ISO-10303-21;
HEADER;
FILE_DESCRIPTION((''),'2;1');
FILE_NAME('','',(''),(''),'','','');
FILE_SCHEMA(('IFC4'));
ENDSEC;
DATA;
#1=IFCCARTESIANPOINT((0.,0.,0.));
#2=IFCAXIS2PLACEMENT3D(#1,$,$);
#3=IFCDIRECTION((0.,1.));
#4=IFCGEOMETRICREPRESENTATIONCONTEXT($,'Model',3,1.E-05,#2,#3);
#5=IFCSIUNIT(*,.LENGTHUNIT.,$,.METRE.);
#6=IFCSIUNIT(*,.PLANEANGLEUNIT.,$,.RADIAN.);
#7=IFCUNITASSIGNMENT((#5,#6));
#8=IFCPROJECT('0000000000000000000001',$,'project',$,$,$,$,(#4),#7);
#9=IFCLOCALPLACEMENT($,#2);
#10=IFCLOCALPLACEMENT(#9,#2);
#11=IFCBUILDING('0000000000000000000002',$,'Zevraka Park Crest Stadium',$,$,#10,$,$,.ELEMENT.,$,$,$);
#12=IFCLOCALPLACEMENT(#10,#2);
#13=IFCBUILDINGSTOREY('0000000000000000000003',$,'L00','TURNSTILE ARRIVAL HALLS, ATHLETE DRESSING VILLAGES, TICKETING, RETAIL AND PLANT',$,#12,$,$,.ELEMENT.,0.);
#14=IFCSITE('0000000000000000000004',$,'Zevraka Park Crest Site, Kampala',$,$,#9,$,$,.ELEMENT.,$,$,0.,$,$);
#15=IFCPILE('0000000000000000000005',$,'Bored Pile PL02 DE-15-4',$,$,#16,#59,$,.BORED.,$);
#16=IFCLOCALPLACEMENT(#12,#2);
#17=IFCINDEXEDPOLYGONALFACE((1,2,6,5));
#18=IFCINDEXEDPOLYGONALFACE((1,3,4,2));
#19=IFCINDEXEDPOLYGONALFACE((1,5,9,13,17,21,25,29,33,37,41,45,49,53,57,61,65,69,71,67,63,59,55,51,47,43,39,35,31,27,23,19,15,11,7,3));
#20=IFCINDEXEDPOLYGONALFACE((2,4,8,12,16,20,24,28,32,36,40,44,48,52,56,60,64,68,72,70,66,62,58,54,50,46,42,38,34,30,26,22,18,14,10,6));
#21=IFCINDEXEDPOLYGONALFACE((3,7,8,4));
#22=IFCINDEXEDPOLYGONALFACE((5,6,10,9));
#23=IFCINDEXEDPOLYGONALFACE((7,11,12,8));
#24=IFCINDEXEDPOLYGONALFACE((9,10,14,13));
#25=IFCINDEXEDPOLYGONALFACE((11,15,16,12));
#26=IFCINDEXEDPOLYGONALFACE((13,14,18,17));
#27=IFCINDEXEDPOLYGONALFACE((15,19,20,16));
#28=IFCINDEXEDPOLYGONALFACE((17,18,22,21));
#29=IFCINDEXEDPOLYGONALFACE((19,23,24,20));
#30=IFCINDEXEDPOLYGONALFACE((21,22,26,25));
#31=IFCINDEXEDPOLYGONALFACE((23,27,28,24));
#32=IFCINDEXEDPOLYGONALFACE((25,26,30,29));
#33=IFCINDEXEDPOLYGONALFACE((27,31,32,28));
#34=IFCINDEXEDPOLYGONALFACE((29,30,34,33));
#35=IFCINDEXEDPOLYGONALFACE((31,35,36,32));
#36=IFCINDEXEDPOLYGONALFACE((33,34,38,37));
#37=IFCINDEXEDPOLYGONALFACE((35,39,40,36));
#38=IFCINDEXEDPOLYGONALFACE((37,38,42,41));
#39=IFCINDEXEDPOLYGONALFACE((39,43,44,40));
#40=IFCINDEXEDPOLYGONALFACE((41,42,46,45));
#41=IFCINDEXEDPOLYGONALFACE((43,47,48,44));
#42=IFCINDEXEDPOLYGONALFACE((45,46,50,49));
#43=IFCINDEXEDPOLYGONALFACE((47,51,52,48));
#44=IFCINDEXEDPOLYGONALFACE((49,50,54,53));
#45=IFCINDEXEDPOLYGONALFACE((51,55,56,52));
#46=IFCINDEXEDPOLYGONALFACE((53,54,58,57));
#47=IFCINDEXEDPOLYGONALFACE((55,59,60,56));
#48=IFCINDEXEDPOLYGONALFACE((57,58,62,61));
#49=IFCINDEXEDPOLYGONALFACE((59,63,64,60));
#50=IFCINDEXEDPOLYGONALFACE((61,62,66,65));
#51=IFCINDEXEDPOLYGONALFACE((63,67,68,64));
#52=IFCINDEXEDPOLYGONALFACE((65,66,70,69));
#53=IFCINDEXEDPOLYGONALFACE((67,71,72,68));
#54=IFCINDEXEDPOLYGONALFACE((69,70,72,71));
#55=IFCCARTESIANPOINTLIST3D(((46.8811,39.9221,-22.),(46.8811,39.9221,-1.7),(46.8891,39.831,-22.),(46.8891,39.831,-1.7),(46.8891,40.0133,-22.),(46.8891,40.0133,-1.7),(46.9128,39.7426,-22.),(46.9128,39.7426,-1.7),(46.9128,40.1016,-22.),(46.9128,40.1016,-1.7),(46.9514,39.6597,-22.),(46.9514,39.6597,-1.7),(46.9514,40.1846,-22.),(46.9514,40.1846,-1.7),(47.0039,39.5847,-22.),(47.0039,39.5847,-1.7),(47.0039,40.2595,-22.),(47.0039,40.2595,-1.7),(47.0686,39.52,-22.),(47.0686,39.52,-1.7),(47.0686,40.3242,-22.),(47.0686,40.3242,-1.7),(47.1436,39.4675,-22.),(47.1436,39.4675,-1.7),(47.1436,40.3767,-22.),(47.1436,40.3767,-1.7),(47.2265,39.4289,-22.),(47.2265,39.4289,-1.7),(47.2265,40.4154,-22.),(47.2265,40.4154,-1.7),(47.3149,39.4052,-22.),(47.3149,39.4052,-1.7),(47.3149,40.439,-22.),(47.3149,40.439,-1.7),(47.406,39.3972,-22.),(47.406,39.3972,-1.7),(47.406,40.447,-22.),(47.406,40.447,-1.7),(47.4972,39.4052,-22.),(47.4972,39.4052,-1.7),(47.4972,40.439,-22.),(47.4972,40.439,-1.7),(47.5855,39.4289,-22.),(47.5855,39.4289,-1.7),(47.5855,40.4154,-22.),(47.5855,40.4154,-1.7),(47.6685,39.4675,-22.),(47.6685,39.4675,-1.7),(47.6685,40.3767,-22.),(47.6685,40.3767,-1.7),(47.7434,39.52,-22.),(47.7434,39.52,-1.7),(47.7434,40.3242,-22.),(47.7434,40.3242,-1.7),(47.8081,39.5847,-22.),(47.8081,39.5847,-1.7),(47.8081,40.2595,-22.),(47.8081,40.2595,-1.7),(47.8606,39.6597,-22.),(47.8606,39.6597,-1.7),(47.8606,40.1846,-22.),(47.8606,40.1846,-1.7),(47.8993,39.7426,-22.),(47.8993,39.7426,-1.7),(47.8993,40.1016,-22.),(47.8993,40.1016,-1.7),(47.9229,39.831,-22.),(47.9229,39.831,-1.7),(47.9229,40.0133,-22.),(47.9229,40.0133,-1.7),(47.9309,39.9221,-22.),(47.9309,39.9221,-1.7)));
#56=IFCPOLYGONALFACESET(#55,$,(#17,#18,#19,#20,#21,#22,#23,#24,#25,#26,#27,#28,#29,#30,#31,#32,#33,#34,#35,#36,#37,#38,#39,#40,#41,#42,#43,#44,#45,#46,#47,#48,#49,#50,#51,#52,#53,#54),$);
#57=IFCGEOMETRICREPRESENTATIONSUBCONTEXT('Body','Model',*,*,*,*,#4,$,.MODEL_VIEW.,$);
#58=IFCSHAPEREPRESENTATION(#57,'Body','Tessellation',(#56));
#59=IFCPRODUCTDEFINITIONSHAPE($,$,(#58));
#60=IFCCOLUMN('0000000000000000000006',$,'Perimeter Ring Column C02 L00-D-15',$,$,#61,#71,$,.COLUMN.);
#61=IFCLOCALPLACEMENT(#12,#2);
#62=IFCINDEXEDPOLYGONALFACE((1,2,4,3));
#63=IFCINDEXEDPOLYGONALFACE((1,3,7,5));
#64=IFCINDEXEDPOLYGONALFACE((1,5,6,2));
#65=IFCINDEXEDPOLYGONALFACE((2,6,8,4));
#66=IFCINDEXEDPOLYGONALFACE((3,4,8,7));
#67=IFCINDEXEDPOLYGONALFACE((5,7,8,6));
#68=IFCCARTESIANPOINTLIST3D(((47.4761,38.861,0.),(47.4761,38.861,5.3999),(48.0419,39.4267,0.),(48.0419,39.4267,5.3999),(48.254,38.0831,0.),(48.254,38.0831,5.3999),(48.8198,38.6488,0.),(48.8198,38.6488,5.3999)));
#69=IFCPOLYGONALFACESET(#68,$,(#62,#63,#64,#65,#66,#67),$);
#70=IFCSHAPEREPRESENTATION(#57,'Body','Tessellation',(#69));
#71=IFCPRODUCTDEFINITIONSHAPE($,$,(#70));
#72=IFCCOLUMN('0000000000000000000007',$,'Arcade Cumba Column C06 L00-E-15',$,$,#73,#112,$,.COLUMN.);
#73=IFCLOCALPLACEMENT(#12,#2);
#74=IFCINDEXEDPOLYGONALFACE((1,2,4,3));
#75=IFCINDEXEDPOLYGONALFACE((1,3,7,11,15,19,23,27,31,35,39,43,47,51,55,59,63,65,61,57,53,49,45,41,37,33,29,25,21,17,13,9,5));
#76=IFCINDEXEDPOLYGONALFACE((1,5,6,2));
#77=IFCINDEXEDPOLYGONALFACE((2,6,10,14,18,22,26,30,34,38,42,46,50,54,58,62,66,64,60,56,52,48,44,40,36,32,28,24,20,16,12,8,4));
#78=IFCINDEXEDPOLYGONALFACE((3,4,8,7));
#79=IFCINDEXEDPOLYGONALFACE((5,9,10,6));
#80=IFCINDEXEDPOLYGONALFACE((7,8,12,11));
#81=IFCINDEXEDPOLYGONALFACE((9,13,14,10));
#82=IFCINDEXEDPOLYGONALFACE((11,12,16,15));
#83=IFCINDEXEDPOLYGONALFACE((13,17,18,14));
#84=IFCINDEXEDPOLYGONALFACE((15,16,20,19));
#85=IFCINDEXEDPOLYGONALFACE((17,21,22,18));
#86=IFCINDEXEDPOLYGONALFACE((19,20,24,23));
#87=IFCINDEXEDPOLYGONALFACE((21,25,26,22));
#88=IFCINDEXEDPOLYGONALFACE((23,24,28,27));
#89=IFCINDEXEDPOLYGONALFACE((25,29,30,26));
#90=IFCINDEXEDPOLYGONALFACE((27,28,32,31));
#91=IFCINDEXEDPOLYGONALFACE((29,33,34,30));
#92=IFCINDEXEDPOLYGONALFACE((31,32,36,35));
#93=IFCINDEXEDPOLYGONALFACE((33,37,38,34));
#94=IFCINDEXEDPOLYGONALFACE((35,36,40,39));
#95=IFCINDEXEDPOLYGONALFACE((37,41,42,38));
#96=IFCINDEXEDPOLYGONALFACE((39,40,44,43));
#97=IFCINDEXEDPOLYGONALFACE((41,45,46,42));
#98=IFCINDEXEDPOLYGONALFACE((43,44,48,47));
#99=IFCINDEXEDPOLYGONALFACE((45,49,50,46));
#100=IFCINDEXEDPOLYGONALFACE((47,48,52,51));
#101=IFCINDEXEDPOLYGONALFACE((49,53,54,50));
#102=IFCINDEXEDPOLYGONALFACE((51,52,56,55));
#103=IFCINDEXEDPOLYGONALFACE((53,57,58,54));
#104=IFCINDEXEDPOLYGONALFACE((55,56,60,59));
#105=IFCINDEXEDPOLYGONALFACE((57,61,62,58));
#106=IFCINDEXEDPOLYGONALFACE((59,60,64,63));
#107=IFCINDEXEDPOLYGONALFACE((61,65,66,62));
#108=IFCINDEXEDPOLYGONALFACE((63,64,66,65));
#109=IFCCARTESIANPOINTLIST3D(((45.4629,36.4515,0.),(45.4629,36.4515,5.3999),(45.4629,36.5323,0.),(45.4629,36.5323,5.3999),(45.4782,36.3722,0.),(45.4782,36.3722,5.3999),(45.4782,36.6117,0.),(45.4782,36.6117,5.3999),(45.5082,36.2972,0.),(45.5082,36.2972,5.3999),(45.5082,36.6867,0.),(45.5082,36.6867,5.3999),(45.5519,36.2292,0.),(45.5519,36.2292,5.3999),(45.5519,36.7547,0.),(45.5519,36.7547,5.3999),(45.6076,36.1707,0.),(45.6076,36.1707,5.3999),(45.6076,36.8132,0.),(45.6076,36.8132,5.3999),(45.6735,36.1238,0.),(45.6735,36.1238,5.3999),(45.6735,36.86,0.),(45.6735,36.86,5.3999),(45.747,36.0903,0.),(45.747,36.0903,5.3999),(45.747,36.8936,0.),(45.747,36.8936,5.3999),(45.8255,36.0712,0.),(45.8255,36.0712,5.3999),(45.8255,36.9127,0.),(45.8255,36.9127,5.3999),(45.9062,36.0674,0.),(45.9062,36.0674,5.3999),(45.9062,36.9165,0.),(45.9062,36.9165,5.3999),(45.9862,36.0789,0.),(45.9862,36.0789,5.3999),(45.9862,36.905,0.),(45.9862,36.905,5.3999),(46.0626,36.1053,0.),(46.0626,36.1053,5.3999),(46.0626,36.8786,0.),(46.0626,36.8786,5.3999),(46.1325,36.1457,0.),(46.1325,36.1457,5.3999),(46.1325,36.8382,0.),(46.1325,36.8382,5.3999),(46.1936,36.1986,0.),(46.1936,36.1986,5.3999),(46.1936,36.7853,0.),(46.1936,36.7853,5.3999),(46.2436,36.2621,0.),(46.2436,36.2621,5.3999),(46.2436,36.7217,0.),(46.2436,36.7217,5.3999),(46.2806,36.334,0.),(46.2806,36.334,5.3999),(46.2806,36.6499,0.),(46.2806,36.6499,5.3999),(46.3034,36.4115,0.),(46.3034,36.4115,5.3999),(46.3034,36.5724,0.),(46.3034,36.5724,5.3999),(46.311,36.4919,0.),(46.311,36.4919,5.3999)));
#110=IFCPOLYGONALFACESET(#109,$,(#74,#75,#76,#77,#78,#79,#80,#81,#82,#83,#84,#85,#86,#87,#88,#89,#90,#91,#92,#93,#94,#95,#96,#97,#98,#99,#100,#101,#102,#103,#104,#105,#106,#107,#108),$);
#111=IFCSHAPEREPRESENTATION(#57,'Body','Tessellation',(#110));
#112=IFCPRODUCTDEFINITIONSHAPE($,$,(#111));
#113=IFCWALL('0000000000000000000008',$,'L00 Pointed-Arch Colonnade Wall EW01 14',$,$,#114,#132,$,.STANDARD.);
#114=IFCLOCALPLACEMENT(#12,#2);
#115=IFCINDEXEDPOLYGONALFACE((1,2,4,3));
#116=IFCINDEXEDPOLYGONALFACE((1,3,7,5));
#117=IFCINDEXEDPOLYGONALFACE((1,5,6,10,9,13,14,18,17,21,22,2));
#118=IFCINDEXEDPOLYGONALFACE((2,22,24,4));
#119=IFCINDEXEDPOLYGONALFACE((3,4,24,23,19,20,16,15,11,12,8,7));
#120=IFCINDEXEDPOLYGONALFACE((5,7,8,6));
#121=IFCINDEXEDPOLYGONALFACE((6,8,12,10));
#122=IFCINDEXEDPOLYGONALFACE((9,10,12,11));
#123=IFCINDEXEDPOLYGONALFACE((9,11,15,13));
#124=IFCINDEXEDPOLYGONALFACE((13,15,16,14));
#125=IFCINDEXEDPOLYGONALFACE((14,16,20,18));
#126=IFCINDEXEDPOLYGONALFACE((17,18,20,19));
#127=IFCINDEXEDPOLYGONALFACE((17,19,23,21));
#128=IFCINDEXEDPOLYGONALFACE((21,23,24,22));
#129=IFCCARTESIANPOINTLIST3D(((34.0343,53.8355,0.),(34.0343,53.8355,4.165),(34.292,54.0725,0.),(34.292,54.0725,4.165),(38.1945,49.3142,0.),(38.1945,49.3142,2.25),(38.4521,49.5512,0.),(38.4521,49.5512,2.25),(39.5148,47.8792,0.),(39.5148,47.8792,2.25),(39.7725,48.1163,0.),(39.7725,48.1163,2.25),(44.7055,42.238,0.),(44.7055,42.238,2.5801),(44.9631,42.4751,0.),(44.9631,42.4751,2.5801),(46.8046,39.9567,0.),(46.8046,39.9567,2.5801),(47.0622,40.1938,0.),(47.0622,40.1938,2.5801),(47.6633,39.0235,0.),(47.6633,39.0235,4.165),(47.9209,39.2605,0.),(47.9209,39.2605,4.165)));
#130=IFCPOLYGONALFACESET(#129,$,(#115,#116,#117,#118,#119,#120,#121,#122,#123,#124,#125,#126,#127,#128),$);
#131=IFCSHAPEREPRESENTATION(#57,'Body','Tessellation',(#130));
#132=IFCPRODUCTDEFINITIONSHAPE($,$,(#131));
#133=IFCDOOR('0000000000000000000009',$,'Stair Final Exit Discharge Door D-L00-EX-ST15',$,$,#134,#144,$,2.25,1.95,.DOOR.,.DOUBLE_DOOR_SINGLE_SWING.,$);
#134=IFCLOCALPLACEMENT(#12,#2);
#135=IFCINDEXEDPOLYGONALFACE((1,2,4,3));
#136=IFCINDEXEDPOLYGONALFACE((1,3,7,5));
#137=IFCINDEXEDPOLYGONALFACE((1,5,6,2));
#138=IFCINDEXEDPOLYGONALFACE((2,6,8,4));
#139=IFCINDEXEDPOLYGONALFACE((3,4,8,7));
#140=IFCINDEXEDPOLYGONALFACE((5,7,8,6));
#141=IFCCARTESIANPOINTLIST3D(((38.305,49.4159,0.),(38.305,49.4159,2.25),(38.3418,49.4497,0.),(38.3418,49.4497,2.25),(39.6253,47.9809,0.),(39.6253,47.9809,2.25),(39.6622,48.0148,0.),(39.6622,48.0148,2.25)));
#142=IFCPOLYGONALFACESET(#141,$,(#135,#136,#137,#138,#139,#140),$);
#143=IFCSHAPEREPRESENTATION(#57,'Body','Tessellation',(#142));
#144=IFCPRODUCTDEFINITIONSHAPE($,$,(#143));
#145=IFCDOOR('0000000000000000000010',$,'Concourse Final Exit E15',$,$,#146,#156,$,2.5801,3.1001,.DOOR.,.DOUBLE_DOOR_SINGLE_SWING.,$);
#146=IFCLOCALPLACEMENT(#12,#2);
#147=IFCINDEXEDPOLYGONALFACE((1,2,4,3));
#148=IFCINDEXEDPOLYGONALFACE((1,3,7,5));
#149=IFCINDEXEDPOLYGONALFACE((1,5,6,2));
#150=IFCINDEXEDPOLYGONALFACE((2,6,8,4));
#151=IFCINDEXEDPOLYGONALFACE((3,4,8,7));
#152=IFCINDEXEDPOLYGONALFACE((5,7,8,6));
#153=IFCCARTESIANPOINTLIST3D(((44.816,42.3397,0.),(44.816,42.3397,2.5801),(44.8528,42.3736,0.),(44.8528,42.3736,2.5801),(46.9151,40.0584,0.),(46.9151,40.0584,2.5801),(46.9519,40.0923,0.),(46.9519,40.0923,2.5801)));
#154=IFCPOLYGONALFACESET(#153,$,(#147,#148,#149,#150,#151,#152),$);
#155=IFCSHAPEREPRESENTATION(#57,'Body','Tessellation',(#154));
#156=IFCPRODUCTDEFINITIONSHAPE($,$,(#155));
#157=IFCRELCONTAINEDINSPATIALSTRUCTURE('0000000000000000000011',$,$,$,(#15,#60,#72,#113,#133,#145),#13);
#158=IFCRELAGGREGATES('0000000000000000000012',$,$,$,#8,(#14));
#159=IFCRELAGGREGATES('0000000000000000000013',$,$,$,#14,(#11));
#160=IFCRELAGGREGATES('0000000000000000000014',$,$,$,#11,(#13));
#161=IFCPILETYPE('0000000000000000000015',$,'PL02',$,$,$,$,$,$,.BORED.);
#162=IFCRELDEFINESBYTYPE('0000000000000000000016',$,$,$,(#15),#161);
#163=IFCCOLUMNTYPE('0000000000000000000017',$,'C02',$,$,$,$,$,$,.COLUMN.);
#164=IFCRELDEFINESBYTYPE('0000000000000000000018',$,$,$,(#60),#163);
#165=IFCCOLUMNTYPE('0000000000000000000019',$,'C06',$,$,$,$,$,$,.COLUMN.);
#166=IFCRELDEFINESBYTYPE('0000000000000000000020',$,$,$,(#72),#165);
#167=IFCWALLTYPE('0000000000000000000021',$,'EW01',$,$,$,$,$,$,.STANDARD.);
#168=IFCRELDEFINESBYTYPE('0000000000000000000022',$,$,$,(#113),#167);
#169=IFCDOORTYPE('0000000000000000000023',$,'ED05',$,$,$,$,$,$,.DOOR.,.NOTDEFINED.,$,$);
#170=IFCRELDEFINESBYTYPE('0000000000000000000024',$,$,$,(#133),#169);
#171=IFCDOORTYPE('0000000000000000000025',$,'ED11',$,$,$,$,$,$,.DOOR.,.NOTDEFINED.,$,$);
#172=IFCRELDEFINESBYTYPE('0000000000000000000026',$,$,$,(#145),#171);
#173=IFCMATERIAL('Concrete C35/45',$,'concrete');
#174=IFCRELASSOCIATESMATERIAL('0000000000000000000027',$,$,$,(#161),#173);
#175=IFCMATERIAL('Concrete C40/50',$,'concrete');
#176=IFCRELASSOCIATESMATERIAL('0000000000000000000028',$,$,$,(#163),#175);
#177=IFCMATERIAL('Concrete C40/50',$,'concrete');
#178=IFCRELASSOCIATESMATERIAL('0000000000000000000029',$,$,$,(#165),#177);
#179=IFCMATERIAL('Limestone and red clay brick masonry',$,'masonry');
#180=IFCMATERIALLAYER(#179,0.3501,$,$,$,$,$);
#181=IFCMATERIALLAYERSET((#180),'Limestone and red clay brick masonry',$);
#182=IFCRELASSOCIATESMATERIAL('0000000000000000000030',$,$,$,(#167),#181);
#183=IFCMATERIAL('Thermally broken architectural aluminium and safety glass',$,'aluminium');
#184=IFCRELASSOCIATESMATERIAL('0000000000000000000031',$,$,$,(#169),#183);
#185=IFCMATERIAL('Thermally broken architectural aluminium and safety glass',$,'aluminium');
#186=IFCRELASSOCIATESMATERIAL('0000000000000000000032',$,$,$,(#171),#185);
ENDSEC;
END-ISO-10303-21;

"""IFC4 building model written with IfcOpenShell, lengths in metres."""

from ifc_helpers import new_model, si_unit, direction, frame, frame_2d, origin, origin_2d, place, context, subcontext, project, spatial, rectangle, circle, extrude, material, layer, layer_set, material_profile, profile_set, type_object, element, fill, save


model = new_model("IFC4")

# Units and contexts
model_context = context("Model", 3, precision=1e-05, world=origin(), true_north=direction((0.0, 1.0)))
body_context = subcontext(model_context, "Body", "Model", "MODEL_VIEW")
ifc_project = project(units=[si_unit("LENGTHUNIT", "METRE"), si_unit("PLANEANGLEUNIT", "RADIAN")], contexts=[model_context])

# Site, building, storey
site_placement = place(None, origin())
site = spatial("IfcSite", under=ifc_project, at=site_placement, Name="Zevraka Park Crest Site, Kampala", CompositionType="ELEMENT", RefElevation=0.0)
building_placement = place(site_placement, origin())
building = spatial("IfcBuilding", under=site, at=building_placement, Name="Zevraka Park Crest Stadium", CompositionType="ELEMENT")
storey_placement = place(building_placement, origin())
storey = spatial("IfcBuildingStorey", under=building, at=storey_placement, Name="L00", Description="TURNSTILE ARRIVAL HALLS, ATHLETE DRESSING VILLAGES, TICKETING, RETAIL AND PLANT", CompositionType="ELEMENT", Elevation=0.0)

# Pile
ifc_material_1 = material(Name="Concrete C35/45", Category="concrete")
ifc_material_profile_1 = material_profile(ifc_material_1, circle(Radius=0.5249, at=origin_2d()), Name="PILE D1050")
ifc_profile_set_1 = profile_set([ifc_material_profile_1], Name="Concrete C35/45")
pile_type_1 = type_object("IfcPileType", Name="PL02", PredefinedType="BORED", material=ifc_profile_set_1)
for number, where, z_axis, x_axis, name in (
    (1, (47.406, 39.9221, -1.7), (0.0, 0.0, -1.0), (1.0, 0.0, 0.0), "Bored Pile PL02 DE-15-4"),
):
    element("IfcPile", number, at=place(storey_placement, frame(where, z_axis=z_axis, x_axis=x_axis)), inside=storey, type_object=pile_type_1, Name=name, PredefinedType="BORED", context=body_context, shape_type="SweptSolid", body=[
        extrude(circle(Radius=0.5249, at=origin_2d()), origin(), (0.0, 0.0, 1.0), 20.3),
    ])

# Columns
ifc_material_2 = material(Name="Concrete C40/50", Category="concrete")
ifc_material_profile_2 = material_profile(ifc_material_2, rectangle(XDim=0.8, YDim=1.1001, at=origin_2d()), Name="RC 1100x800")
ifc_profile_set_2 = profile_set([ifc_material_profile_2], Name="Concrete C40/50")
column_type_1 = type_object("IfcColumnType", Name="C02", PredefinedType="COLUMN", material=ifc_profile_set_2)
column_1_placement = place(storey_placement, frame((48.1479, 38.7549, 0.0), z_axis=(0.0, 0.0, 1.0), x_axis=(0.707107, 0.707107, 0.0)))
element("IfcColumn", 2, at=column_1_placement, inside=storey, type_object=column_type_1, Name="Perimeter Ring Column C02 L00-D-15", PredefinedType="COLUMN", context=body_context, shape_type="SweptSolid", body=[
    extrude(rectangle(XDim=0.8, YDim=1.1001, at=origin_2d()), origin(), (0.0, 0.0, 1.0), 5.3999),
])
ifc_material_3 = material(Name="Concrete C40/50", Category="concrete")
ifc_material_profile_3 = material_profile(ifc_material_3, circle(Radius=0.425, at=origin_2d()), Name="RC D850")
ifc_profile_set_3 = profile_set([ifc_material_profile_3], Name="Concrete C40/50")
column_type_2 = type_object("IfcColumnType", Name="C06", PredefinedType="COLUMN", material=ifc_profile_set_3)
column_2_placement = place(storey_placement, frame((45.886, 36.4919, 0.0), z_axis=(0.0, 0.0, 1.0), x_axis=(1.0, 0.0, 0.0)))
element("IfcColumn", 3, at=column_2_placement, inside=storey, type_object=column_type_2, Name="Arcade Cumba Column C06 L00-E-15", PredefinedType="COLUMN", context=body_context, shape_type="SweptSolid", body=[
    extrude(circle(Radius=0.425, at=origin_2d()), origin(), (0.0, 0.0, 1.0), 5.3999),
])

# Wall, openings, doors
ifc_material_4 = material(Name="Limestone and red clay brick masonry", Category="masonry")
ifc_layer_1 = layer(ifc_material_4, 0.3501)
ifc_layer_set_1 = layer_set([ifc_layer_1], Name="Limestone and red clay brick masonry")
wall_type_1 = type_object("IfcWallType", Name="EW01", PredefinedType="STANDARD", material=ifc_layer_set_1)
wall_1_placement = place(storey_placement, frame((47.792, 39.1421, 0.0), z_axis=(0.0, 0.0, 1.0), x_axis=(-0.677106, 0.735885, 0.0)))
wall_1 = element("IfcWall", 4, at=wall_1_placement, inside=storey, type_object=wall_type_1, Name="L00 Pointed-Arch Colonnade Wall EW01 14", PredefinedType="STANDARD", context=body_context, shape_type="SweptSolid", body=[
    extrude(rectangle(XDim=20.1282, YDim=0.3501, at=frame_2d((10.064, 0.0))), origin(), (0.0, 0.0, 1.0), 4.165),
])
opening_1_placement = place(wall_1_placement, frame((12.0339, 0.0, 0.0)))
opening_1 = element("IfcOpeningElement", 5, at=opening_1_placement, cuts=wall_1, PredefinedType="OPENING", context=body_context, shape_type="SweptSolid", body=[
    extrude(rectangle(XDim=1.95, YDim=2.25, at=frame_2d((0.9751, 1.125))), frame((0.0, 0.1851, 0.0), z_axis=(0.0, -1.0, 0.0), x_axis=(1.0, 0.0, 0.0)), (0.0, 0.0, 1.0), 0.3701),
])
opening_2_placement = place(wall_1_placement, frame((1.2681, 0.0, 0.0)))
opening_2 = element("IfcOpeningElement", 6, at=opening_2_placement, cuts=wall_1, PredefinedType="OPENING", context=body_context, shape_type="SweptSolid", body=[
    extrude(rectangle(XDim=3.1001, YDim=2.5801, at=frame_2d((1.55, 1.29))), frame((0.0, 0.1851, 0.0), z_axis=(0.0, -1.0, 0.0), x_axis=(1.0, 0.0, 0.0)), (0.0, 0.0, 1.0), 0.3701),
])
ifc_material_5 = material(Name="Thermally broken architectural aluminium and safety glass", Category="aluminium")
door_type_1 = type_object("IfcDoorType", Name="ED05", OperationType="NOTDEFINED", PredefinedType="DOOR", material=ifc_material_5)
door_1_placement = place(opening_1_placement, origin())
door_1 = element("IfcDoor", 7, at=door_1_placement, inside=storey, type_object=door_type_1, Name="Stair Final Exit Discharge Door D-L00-EX-ST15", OperationType="DOUBLE_DOOR_SINGLE_SWING", OverallHeight=2.25, OverallWidth=1.95, PredefinedType="DOOR", context=body_context, shape_type="SweptSolid", body=[
    extrude(rectangle(XDim=1.95, YDim=2.25, at=frame_2d((0.9751, 1.125))), frame((0.0, 0.0249, 0.0), z_axis=(0.0, -1.0, 0.0), x_axis=(1.0, 0.0, 0.0)), (0.0, 0.0, 1.0), 0.05),
])
fill(opening_1, door_1)
ifc_material_6 = material(Name="Thermally broken architectural aluminium and safety glass", Category="aluminium")
door_type_2 = type_object("IfcDoorType", Name="ED11", OperationType="NOTDEFINED", PredefinedType="DOOR", material=ifc_material_6)
door_2_placement = place(opening_2_placement, origin())
door_2 = element("IfcDoor", 8, at=door_2_placement, inside=storey, type_object=door_type_2, Name="Concourse Final Exit E15", OperationType="DOUBLE_DOOR_SINGLE_SWING", OverallHeight=2.5801, OverallWidth=3.1001, PredefinedType="DOOR", context=body_context, shape_type="SweptSolid", body=[
    extrude(rectangle(XDim=3.1001, YDim=2.5801, at=frame_2d((1.55, 1.29))), frame((0.0, 0.0249, 0.0), z_axis=(0.0, -1.0, 0.0), x_axis=(1.0, 0.0, 0.0)), (0.0, 0.0, 1.0), 0.05),
])
fill(opening_2, door_2)

save(model, "model.ifc")
